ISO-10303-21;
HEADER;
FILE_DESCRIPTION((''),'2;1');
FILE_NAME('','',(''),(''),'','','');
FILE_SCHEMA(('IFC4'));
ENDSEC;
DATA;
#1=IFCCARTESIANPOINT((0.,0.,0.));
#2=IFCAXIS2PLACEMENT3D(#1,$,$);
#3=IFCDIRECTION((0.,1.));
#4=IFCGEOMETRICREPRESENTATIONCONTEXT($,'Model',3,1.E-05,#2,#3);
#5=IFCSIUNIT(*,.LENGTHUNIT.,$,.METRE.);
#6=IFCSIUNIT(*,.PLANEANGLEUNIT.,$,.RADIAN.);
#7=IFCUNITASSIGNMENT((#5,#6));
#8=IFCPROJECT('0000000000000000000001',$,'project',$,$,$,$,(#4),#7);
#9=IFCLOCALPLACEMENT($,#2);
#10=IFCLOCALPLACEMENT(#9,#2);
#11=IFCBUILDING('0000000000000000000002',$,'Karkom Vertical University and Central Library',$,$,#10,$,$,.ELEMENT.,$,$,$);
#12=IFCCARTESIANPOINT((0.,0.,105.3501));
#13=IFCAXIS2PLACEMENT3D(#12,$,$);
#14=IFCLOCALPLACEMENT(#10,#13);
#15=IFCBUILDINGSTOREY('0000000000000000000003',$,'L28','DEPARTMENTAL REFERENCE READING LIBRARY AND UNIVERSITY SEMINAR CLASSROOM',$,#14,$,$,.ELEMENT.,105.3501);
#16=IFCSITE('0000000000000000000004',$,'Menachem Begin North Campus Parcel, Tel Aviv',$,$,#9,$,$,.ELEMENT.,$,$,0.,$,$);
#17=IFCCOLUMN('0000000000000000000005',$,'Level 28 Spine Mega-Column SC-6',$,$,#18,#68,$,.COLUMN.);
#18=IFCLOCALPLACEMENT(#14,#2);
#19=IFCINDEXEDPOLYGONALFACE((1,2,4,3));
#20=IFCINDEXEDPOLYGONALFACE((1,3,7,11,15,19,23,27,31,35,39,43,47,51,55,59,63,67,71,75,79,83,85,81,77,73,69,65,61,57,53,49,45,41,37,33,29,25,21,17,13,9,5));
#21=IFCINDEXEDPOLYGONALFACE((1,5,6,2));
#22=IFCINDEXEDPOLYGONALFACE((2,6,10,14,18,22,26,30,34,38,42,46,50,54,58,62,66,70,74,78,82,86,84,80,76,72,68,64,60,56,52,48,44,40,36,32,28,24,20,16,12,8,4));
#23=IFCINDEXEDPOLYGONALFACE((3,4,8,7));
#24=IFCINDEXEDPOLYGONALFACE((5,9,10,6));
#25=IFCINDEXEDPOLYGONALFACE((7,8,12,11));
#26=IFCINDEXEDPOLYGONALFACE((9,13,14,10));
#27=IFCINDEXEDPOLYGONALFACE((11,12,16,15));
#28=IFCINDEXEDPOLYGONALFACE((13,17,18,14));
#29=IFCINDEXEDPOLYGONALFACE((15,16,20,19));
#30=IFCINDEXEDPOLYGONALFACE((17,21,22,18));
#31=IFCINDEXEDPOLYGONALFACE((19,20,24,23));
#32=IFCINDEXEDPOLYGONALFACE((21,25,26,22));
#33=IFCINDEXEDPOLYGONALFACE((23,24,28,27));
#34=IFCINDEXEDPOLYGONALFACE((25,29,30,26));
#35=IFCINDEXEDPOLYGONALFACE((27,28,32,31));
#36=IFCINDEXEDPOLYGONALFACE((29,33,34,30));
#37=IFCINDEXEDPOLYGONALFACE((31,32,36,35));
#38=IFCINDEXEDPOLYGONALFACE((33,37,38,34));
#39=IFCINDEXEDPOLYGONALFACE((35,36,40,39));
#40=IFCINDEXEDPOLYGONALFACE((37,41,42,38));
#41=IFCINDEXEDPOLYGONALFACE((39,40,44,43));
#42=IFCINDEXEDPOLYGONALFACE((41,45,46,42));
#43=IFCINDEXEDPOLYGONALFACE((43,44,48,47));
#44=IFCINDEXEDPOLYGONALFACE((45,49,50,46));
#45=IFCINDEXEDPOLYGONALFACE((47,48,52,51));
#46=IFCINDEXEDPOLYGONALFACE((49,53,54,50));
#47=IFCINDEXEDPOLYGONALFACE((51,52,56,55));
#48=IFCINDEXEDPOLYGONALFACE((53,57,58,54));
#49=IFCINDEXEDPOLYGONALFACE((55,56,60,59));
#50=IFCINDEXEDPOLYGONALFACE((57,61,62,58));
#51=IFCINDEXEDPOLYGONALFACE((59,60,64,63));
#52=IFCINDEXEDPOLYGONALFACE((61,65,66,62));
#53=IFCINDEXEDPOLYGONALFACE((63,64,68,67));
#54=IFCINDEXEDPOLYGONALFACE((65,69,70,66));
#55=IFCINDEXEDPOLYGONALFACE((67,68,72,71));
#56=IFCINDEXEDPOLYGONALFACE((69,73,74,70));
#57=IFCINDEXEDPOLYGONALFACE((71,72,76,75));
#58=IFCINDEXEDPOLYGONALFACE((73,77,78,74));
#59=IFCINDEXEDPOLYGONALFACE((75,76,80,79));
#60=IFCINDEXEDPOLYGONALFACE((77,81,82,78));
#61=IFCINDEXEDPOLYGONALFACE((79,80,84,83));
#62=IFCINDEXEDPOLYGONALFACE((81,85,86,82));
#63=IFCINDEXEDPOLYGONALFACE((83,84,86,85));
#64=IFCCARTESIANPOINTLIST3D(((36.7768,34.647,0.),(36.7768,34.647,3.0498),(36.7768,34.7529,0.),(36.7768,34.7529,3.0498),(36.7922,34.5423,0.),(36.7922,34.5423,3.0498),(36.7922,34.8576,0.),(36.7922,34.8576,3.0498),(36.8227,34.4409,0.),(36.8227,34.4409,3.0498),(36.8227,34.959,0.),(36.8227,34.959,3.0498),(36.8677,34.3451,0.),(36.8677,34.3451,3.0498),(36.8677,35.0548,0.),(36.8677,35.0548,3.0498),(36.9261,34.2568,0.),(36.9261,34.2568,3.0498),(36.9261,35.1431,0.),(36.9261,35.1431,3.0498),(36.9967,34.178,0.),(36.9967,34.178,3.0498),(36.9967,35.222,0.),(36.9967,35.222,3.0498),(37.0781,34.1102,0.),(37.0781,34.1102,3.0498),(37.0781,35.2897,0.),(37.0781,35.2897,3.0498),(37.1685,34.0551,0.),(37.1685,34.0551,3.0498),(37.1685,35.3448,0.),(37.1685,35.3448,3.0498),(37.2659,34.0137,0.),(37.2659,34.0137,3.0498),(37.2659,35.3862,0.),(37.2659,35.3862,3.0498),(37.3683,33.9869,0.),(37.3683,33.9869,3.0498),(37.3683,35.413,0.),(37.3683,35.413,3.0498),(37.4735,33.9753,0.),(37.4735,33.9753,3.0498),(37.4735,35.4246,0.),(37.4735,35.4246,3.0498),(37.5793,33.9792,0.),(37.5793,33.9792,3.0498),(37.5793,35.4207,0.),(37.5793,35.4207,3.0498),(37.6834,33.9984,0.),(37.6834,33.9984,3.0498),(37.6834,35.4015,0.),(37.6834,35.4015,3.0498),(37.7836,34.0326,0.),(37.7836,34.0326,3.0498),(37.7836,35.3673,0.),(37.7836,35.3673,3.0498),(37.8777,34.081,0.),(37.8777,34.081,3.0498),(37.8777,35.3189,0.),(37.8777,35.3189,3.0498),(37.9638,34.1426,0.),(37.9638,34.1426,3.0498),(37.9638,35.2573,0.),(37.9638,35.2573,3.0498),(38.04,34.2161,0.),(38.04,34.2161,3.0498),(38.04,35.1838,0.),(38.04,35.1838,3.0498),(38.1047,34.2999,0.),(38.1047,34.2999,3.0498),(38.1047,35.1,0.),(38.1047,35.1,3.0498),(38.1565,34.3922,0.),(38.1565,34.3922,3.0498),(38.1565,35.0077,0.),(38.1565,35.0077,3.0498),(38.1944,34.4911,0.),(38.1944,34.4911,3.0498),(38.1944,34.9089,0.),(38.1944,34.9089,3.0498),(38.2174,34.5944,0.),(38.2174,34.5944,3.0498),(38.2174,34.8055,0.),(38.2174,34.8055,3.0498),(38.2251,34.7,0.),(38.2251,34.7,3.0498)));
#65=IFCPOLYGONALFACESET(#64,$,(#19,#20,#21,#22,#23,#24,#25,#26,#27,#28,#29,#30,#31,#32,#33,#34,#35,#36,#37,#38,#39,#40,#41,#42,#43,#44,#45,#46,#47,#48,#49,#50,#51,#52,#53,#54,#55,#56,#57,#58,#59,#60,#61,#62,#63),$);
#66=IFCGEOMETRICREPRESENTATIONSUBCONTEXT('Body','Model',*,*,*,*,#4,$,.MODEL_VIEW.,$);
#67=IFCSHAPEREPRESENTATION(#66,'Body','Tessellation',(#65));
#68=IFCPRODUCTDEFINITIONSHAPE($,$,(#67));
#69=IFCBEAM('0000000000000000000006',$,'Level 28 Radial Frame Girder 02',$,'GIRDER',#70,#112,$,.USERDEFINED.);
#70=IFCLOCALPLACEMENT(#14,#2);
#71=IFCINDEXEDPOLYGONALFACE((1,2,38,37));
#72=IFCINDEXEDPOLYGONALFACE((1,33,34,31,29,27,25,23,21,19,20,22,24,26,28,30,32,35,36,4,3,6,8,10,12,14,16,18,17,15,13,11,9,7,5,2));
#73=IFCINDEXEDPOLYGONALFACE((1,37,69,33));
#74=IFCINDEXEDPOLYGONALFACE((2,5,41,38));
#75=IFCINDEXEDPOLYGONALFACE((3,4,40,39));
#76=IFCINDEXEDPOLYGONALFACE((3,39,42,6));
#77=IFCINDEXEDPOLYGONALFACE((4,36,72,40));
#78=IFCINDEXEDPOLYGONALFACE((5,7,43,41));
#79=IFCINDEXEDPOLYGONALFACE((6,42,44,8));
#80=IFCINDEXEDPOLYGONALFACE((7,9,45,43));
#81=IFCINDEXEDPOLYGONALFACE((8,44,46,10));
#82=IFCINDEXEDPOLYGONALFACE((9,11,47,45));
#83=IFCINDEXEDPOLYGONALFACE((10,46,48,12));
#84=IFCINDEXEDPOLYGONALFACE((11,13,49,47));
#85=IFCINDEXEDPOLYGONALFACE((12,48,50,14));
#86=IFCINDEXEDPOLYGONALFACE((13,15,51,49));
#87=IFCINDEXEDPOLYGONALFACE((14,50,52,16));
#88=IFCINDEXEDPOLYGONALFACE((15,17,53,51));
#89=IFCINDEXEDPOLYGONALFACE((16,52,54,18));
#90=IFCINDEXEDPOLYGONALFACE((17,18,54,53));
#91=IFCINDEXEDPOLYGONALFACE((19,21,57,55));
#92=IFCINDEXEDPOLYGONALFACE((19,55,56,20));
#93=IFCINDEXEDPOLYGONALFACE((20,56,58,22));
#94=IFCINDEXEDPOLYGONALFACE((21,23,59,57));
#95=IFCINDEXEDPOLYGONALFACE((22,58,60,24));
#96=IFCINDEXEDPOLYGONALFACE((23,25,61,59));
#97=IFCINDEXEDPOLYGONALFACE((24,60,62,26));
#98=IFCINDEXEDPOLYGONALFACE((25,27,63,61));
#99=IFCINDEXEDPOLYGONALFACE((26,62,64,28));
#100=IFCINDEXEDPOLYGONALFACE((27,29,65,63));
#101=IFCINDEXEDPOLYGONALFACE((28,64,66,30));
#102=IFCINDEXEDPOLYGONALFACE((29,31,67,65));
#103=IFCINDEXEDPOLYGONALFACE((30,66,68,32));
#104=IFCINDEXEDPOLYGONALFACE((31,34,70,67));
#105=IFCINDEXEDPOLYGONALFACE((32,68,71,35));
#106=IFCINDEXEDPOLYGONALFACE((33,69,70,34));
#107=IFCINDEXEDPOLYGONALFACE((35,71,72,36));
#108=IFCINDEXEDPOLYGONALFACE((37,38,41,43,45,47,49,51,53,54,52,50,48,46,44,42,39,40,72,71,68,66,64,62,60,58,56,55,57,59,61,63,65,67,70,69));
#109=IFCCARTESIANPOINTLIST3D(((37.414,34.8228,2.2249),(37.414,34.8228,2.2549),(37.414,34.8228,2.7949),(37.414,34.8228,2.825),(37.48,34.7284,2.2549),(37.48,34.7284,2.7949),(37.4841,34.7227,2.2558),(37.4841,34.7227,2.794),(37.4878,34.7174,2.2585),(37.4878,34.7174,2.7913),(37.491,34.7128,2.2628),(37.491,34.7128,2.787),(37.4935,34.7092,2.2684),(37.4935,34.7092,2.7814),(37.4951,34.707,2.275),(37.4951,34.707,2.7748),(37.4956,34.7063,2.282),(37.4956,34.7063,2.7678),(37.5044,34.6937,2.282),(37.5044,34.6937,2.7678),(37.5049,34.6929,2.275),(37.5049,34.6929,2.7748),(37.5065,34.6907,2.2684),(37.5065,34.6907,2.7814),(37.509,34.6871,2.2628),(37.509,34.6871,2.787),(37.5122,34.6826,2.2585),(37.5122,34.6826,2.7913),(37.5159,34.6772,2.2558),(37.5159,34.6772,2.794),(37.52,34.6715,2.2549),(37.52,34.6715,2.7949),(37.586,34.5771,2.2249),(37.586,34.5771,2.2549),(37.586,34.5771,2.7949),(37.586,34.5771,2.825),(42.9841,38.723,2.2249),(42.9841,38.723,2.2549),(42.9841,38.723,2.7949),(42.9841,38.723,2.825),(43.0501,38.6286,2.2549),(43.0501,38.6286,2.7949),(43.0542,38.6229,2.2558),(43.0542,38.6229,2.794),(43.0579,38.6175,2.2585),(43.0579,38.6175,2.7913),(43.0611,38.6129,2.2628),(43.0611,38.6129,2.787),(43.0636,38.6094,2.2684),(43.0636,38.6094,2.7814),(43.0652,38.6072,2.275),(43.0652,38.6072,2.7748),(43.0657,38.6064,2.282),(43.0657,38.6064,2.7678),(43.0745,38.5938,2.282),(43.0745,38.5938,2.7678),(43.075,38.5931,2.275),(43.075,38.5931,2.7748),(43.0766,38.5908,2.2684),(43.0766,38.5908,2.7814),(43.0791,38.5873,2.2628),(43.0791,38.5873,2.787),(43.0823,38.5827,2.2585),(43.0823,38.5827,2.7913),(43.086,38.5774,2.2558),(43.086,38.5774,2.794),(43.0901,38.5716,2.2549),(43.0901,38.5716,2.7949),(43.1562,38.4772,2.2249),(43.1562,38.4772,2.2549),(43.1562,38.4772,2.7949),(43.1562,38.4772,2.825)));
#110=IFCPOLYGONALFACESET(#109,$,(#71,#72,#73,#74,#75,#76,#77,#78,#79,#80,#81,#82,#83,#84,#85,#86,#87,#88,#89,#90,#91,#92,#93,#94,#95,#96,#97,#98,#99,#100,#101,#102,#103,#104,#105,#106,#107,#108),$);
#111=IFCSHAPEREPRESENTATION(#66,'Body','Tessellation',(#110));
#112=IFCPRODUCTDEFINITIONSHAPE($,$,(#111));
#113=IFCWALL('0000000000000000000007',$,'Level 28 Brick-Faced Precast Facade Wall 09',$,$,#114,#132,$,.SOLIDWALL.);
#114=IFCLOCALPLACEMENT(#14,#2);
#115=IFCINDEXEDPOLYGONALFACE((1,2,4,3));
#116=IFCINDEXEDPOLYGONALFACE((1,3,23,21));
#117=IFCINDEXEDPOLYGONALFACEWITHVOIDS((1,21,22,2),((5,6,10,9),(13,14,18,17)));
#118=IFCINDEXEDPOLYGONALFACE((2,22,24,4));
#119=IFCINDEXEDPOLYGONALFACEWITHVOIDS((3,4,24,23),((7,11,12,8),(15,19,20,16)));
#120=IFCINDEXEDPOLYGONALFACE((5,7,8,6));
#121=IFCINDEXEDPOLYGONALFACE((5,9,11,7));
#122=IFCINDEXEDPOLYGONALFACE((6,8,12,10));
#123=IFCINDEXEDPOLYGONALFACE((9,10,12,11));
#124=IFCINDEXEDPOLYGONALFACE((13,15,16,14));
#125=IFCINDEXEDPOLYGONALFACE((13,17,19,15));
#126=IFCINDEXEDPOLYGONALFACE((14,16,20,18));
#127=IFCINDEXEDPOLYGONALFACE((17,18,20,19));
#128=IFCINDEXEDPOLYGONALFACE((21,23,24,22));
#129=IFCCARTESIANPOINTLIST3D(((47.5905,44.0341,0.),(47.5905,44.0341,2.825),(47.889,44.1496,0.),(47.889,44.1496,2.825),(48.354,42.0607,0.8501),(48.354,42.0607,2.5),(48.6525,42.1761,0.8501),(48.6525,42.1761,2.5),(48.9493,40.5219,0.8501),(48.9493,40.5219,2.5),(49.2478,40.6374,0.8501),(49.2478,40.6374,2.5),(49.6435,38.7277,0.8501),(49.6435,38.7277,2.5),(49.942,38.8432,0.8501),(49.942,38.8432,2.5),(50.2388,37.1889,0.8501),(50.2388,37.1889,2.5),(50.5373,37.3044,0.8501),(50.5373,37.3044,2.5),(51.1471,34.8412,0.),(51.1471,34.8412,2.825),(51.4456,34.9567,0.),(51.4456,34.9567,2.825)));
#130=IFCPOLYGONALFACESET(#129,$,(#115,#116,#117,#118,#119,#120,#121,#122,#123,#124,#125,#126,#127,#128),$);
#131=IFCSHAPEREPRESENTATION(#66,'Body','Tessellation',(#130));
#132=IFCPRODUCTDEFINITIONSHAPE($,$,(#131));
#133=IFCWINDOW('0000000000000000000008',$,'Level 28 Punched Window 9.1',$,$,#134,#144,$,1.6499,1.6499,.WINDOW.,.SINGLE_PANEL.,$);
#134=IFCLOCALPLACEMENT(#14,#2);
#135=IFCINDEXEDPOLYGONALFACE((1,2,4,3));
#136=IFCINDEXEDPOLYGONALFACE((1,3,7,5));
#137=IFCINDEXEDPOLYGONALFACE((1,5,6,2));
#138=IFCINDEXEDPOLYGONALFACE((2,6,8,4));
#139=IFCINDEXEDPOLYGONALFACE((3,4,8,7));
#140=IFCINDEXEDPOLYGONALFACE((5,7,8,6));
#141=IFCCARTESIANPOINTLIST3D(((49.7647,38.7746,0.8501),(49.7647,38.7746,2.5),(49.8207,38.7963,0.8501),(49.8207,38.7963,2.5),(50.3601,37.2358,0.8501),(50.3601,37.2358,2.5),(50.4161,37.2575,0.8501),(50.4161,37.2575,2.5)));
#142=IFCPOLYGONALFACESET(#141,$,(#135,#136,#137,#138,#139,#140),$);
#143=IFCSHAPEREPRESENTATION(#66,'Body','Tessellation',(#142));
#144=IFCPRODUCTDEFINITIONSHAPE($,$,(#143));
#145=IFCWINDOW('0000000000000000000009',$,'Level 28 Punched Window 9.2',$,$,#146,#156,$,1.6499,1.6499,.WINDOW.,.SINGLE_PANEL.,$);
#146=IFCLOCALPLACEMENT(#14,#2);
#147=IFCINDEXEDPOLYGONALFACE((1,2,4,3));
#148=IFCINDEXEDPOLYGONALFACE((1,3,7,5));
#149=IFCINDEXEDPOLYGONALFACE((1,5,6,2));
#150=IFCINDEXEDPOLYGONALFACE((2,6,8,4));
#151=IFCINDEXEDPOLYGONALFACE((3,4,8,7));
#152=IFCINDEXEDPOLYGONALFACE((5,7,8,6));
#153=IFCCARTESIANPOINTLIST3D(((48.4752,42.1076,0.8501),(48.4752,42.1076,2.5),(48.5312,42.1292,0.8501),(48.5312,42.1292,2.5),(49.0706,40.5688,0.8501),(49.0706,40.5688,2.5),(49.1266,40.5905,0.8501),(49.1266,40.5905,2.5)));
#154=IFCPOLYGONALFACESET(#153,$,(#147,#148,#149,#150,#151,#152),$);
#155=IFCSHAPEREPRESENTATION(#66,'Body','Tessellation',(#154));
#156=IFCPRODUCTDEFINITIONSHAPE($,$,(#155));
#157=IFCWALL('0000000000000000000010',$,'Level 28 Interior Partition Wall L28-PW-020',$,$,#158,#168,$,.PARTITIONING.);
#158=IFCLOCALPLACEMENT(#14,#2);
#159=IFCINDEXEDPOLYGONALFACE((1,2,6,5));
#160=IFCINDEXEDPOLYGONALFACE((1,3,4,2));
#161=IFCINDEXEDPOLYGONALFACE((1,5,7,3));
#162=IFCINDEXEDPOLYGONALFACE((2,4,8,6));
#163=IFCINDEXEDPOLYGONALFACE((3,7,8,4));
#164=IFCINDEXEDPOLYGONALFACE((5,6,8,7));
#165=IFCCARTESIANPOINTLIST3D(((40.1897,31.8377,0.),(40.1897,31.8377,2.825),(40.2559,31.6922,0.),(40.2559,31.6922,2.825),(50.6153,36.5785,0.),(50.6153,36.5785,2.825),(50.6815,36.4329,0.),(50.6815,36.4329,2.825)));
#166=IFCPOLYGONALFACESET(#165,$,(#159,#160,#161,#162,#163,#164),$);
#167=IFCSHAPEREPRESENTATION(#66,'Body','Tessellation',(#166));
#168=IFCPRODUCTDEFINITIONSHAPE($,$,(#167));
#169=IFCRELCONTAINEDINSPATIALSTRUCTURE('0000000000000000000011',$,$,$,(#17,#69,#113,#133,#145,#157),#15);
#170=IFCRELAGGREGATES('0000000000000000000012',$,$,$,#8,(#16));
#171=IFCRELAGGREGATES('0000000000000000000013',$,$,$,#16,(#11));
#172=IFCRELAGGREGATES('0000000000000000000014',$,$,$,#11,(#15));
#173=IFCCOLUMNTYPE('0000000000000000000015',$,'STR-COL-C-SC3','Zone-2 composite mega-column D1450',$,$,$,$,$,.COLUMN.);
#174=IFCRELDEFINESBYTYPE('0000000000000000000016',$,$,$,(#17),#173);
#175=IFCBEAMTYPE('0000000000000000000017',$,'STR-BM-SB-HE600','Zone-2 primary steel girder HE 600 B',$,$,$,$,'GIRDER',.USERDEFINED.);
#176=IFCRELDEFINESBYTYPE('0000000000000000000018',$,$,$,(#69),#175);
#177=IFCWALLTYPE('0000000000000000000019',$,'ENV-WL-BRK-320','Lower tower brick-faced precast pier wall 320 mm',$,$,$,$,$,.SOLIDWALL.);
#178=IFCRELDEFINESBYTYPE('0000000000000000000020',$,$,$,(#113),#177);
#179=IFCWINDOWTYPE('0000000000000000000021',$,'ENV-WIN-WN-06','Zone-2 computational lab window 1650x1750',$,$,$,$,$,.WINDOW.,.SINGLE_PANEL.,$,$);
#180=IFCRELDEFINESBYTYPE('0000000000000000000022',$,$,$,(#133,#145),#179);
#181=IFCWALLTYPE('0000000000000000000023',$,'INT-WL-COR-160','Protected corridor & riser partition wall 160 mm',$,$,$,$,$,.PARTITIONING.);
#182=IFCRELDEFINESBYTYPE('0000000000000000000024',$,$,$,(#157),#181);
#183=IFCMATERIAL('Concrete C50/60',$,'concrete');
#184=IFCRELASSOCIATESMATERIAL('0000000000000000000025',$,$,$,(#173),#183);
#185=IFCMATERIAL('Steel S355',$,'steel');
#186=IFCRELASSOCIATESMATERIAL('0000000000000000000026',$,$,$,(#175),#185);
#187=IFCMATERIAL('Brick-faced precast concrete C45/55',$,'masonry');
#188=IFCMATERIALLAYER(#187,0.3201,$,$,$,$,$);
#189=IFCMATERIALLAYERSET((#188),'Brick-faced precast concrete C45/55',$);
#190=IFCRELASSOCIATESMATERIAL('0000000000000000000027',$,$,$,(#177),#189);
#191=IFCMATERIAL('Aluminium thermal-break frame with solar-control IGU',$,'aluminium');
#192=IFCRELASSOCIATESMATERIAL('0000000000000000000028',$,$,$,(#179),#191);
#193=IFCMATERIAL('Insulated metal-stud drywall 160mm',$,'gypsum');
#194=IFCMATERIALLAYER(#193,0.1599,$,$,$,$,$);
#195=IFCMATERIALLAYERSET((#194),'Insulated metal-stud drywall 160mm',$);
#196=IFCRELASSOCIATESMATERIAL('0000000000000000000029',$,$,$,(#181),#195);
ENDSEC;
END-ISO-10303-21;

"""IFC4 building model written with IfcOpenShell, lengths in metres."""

from ifc_helpers import new_model, si_unit, direction, frame, frame_2d, origin, origin_with_axes, origin_2d, place, context, subcontext, project, spatial, rectangle, circle, i_section, extrude, source, transform, mapped, material, layer, layer_set, material_profile, profile_set, type_object, element, fill, save


model = new_model("IFC4")

# Units and contexts
model_context = context("Model", 3, precision=1e-05, world=origin(), true_north=direction((0.0, 1.0)))
body_context = subcontext(model_context, "Body", "Model", "MODEL_VIEW")
ifc_project = project(units=[si_unit("LENGTHUNIT", "METRE"), si_unit("PLANEANGLEUNIT", "RADIAN")], contexts=[model_context])

# Site, building, storey
site_placement = place(None, origin())
site = spatial("IfcSite", under=ifc_project, at=site_placement, Name="Menachem Begin North Campus Parcel, Tel Aviv", CompositionType="ELEMENT", RefElevation=0.0)
building_placement = place(site_placement, origin())
building = spatial("IfcBuilding", under=site, at=building_placement, Name="Karkom Vertical University and Central Library", CompositionType="ELEMENT")
storey_placement = place(building_placement, frame((0.0, 0.0, 105.3501)))
storey = spatial("IfcBuildingStorey", under=building, at=storey_placement, Name="L28", Description="DEPARTMENTAL REFERENCE READING LIBRARY AND UNIVERSITY SEMINAR CLASSROOM", CompositionType="ELEMENT", Elevation=105.3501)

# Column
ifc_material_1 = material(Name="Concrete C50/60", Category="concrete")
ifc_material_profile_1 = material_profile(ifc_material_1, circle(Radius=0.7251, at=origin_2d()), Name="CFT-D1450")
ifc_profile_set_1 = profile_set([ifc_material_profile_1], Name="Concrete C50/60")
column_type = type_object("IfcColumnType", Name="STR-COL-C-SC3", Description="Zone-2 composite mega-column D1450", PredefinedType="COLUMN", material=ifc_profile_set_1)
shared_shape_1 = source(origin_with_axes(), body_context, "Body", "SweptSolid", [
    extrude(circle(Radius=0.7251, at=origin_2d()), origin(), (0.0, 0.0, 1.0), 3.0498),
])
column_placement = place(storey_placement, frame((37.5, 34.7, 0.0), z_axis=(0.0, 0.0, 1.0), x_axis=(1.0, 0.0, 0.0)))
element("IfcColumn", 1, at=column_placement, inside=storey, type_object=column_type, Name="Level 28 Spine Mega-Column SC-6", PredefinedType="COLUMN", context=body_context, shape_type="MappedRepresentation", body=[
    mapped(shared_shape_1, transform((0.0, 0.0, 0.0), scale=1.0)),
])

# Beam
ifc_material_2 = material(Name="Steel S355", Category="steel")
ifc_material_profile_2 = material_profile(ifc_material_2, i_section(OverallWidth=0.3, OverallDepth=0.6001, WebThickness=0.0154, FlangeThickness=0.03, FilletRadius=0.0271, at=origin_2d()), Name="HE 600 B")
ifc_profile_set_2 = profile_set([ifc_material_profile_2], Name="Steel S355")
beam_type = type_object("IfcBeamType", Name="STR-BM-SB-HE600", Description="Zone-2 primary steel girder HE 600 B", ElementType="GIRDER", PredefinedType="USERDEFINED", material=ifc_profile_set_2)
shared_shape_2 = source(origin_with_axes(), body_context, "Body", "SweptSolid", [
    extrude(i_section(OverallWidth=0.3, OverallDepth=0.6001, WebThickness=0.0154, FlangeThickness=0.03, FilletRadius=0.0271, at=origin_2d()), origin(), (0.0, 0.0, 1.0), 6.7998),
])
beam_placement = place(storey_placement, frame((37.5, 34.7, 2.5249), z_axis=(0.819156, 0.573571, 0.0), x_axis=(-0.573571, 0.819156, 0.0)))
element("IfcBeam", 2, at=beam_placement, inside=storey, type_object=beam_type, Name="Level 28 Radial Frame Girder 02", ObjectType="GIRDER", PredefinedType="USERDEFINED", context=body_context, shape_type="MappedRepresentation", body=[
    mapped(shared_shape_2, transform((0.0, 0.0, 0.0), scale=1.0)),
])

# Wall, openings, windows
ifc_material_3 = material(Name="Brick-faced precast concrete C45/55", Category="masonry")
ifc_layer_1 = layer(ifc_material_3, 0.3201)
ifc_layer_set_1 = layer_set([ifc_layer_1], Name="Brick-faced precast concrete C45/55")
wall_type_1 = type_object("IfcWallType", Name="ENV-WL-BRK-320", Description="Lower tower brick-faced precast pier wall 320 mm", PredefinedType="SOLIDWALL", material=ifc_layer_set_1)
wall_1_placement = place(storey_placement, frame((51.2964, 34.8989, 0.0), z_axis=(0.0, 0.0, 1.0), x_axis=(-0.360827, 0.932633, 0.0)))
wall_1 = element("IfcWall", 3, at=wall_1_placement, inside=storey, type_object=wall_type_1, Name="Level 28 Brick-Faced Precast Facade Wall 09", PredefinedType="SOLIDWALL", context=body_context, shape_type="SweptSolid", body=[
    extrude(rectangle(XDim=9.8569, YDim=0.3201, at=frame_2d((4.9285, 0.0))), origin(), (0.0, 0.0, 1.0), 2.825),
])
opening_1_placement = place(wall_1_placement, frame((2.5173, 0.0, 0.8501)))
opening_1 = element("IfcOpeningElement", 4, at=opening_1_placement, cuts=wall_1, PredefinedType="OPENING", context=body_context, shape_type="SweptSolid", body=[
    extrude(rectangle(XDim=1.6499, YDim=1.6499, at=frame_2d((0.825, 0.825))), frame((0.0, 0.1699, 0.0), z_axis=(0.0, -1.0, 0.0), x_axis=(1.0, 0.0, 0.0)), (0.0, 0.0, 1.0), 0.3401),
])
opening_2_placement = place(wall_1_placement, frame((6.0911, 0.0, 0.8501)))
opening_2 = element("IfcOpeningElement", 5, at=opening_2_placement, cuts=wall_1, PredefinedType="OPENING", context=body_context, shape_type="SweptSolid", body=[
    extrude(rectangle(XDim=1.6499, YDim=1.6499, at=frame_2d((0.825, 0.825))), frame((0.0, 0.1699, 0.0), z_axis=(0.0, -1.0, 0.0), x_axis=(1.0, 0.0, 0.0)), (0.0, 0.0, 1.0), 0.3401),
])
ifc_material_4 = material(Name="Aluminium thermal-break frame with solar-control IGU", Category="aluminium")
window_type = type_object("IfcWindowType", Name="ENV-WIN-WN-06", Description="Zone-2 computational lab window 1650x1750", PartitioningType="SINGLE_PANEL", PredefinedType="WINDOW", material=ifc_material_4)
shared_shape_3 = source(origin_with_axes(), body_context, "Body", "SweptSolid", [
    extrude(rectangle(XDim=1.6499, YDim=1.6499, at=frame_2d((0.825, 0.825))), frame((0.0, 0.03, 0.0), z_axis=(0.0, -1.0, 0.0), x_axis=(1.0, 0.0, 0.0)), (0.0, 0.0, 1.0), 0.0601),
])
window_1_placement = place(opening_1_placement, origin())
window_1 = element("IfcWindow", 6, at=window_1_placement, inside=storey, type_object=window_type, Name="Level 28 Punched Window 9.1", OverallHeight=1.6499, OverallWidth=1.6499, PartitioningType="SINGLE_PANEL", PredefinedType="WINDOW", context=body_context, shape_type="MappedRepresentation", body=[
    mapped(shared_shape_3, transform((0.0, 0.0, 0.0), scale=1.0)),
])
fill(opening_1, window_1)
window_2_placement = place(opening_2_placement, origin())
window_2 = element("IfcWindow", 7, at=window_2_placement, inside=storey, type_object=window_type, Name="Level 28 Punched Window 9.2", OverallHeight=1.6499, OverallWidth=1.6499, PartitioningType="SINGLE_PANEL", PredefinedType="WINDOW", context=body_context, shape_type="MappedRepresentation", body=[
    mapped(shared_shape_3, transform((0.0, 0.0, 0.0), scale=1.0)),
])
fill(opening_2, window_2)

# Wall
ifc_material_5 = material(Name="Insulated metal-stud drywall 160mm", Category="gypsum")
ifc_layer_2 = layer(ifc_material_5, 0.1599)
ifc_layer_set_2 = layer_set([ifc_layer_2], Name="Insulated metal-stud drywall 160mm")
wall_type_2 = type_object("IfcWallType", Name="INT-WL-COR-160", Description="Protected corridor & riser partition wall 160 mm", PredefinedType="PARTITIONING", material=ifc_layer_set_2)
wall_2_placement = place(storey_placement, frame((40.2227, 31.7649, 0.0), z_axis=(0.0, 0.0, 1.0), x_axis=(0.910306, 0.413936, 0.0)))
element("IfcWall", 8, at=wall_2_placement, inside=storey, type_object=wall_type_2, Name="Level 28 Interior Partition Wall L28-PW-020", PredefinedType="PARTITIONING", context=body_context, shape_type="SweptSolid", body=[
    extrude(rectangle(XDim=11.4529, YDim=0.1599, at=frame_2d((5.7266, 0.0))), origin(), (0.0, 0.0, 1.0), 2.825),
])

save(model, "model.ifc")
